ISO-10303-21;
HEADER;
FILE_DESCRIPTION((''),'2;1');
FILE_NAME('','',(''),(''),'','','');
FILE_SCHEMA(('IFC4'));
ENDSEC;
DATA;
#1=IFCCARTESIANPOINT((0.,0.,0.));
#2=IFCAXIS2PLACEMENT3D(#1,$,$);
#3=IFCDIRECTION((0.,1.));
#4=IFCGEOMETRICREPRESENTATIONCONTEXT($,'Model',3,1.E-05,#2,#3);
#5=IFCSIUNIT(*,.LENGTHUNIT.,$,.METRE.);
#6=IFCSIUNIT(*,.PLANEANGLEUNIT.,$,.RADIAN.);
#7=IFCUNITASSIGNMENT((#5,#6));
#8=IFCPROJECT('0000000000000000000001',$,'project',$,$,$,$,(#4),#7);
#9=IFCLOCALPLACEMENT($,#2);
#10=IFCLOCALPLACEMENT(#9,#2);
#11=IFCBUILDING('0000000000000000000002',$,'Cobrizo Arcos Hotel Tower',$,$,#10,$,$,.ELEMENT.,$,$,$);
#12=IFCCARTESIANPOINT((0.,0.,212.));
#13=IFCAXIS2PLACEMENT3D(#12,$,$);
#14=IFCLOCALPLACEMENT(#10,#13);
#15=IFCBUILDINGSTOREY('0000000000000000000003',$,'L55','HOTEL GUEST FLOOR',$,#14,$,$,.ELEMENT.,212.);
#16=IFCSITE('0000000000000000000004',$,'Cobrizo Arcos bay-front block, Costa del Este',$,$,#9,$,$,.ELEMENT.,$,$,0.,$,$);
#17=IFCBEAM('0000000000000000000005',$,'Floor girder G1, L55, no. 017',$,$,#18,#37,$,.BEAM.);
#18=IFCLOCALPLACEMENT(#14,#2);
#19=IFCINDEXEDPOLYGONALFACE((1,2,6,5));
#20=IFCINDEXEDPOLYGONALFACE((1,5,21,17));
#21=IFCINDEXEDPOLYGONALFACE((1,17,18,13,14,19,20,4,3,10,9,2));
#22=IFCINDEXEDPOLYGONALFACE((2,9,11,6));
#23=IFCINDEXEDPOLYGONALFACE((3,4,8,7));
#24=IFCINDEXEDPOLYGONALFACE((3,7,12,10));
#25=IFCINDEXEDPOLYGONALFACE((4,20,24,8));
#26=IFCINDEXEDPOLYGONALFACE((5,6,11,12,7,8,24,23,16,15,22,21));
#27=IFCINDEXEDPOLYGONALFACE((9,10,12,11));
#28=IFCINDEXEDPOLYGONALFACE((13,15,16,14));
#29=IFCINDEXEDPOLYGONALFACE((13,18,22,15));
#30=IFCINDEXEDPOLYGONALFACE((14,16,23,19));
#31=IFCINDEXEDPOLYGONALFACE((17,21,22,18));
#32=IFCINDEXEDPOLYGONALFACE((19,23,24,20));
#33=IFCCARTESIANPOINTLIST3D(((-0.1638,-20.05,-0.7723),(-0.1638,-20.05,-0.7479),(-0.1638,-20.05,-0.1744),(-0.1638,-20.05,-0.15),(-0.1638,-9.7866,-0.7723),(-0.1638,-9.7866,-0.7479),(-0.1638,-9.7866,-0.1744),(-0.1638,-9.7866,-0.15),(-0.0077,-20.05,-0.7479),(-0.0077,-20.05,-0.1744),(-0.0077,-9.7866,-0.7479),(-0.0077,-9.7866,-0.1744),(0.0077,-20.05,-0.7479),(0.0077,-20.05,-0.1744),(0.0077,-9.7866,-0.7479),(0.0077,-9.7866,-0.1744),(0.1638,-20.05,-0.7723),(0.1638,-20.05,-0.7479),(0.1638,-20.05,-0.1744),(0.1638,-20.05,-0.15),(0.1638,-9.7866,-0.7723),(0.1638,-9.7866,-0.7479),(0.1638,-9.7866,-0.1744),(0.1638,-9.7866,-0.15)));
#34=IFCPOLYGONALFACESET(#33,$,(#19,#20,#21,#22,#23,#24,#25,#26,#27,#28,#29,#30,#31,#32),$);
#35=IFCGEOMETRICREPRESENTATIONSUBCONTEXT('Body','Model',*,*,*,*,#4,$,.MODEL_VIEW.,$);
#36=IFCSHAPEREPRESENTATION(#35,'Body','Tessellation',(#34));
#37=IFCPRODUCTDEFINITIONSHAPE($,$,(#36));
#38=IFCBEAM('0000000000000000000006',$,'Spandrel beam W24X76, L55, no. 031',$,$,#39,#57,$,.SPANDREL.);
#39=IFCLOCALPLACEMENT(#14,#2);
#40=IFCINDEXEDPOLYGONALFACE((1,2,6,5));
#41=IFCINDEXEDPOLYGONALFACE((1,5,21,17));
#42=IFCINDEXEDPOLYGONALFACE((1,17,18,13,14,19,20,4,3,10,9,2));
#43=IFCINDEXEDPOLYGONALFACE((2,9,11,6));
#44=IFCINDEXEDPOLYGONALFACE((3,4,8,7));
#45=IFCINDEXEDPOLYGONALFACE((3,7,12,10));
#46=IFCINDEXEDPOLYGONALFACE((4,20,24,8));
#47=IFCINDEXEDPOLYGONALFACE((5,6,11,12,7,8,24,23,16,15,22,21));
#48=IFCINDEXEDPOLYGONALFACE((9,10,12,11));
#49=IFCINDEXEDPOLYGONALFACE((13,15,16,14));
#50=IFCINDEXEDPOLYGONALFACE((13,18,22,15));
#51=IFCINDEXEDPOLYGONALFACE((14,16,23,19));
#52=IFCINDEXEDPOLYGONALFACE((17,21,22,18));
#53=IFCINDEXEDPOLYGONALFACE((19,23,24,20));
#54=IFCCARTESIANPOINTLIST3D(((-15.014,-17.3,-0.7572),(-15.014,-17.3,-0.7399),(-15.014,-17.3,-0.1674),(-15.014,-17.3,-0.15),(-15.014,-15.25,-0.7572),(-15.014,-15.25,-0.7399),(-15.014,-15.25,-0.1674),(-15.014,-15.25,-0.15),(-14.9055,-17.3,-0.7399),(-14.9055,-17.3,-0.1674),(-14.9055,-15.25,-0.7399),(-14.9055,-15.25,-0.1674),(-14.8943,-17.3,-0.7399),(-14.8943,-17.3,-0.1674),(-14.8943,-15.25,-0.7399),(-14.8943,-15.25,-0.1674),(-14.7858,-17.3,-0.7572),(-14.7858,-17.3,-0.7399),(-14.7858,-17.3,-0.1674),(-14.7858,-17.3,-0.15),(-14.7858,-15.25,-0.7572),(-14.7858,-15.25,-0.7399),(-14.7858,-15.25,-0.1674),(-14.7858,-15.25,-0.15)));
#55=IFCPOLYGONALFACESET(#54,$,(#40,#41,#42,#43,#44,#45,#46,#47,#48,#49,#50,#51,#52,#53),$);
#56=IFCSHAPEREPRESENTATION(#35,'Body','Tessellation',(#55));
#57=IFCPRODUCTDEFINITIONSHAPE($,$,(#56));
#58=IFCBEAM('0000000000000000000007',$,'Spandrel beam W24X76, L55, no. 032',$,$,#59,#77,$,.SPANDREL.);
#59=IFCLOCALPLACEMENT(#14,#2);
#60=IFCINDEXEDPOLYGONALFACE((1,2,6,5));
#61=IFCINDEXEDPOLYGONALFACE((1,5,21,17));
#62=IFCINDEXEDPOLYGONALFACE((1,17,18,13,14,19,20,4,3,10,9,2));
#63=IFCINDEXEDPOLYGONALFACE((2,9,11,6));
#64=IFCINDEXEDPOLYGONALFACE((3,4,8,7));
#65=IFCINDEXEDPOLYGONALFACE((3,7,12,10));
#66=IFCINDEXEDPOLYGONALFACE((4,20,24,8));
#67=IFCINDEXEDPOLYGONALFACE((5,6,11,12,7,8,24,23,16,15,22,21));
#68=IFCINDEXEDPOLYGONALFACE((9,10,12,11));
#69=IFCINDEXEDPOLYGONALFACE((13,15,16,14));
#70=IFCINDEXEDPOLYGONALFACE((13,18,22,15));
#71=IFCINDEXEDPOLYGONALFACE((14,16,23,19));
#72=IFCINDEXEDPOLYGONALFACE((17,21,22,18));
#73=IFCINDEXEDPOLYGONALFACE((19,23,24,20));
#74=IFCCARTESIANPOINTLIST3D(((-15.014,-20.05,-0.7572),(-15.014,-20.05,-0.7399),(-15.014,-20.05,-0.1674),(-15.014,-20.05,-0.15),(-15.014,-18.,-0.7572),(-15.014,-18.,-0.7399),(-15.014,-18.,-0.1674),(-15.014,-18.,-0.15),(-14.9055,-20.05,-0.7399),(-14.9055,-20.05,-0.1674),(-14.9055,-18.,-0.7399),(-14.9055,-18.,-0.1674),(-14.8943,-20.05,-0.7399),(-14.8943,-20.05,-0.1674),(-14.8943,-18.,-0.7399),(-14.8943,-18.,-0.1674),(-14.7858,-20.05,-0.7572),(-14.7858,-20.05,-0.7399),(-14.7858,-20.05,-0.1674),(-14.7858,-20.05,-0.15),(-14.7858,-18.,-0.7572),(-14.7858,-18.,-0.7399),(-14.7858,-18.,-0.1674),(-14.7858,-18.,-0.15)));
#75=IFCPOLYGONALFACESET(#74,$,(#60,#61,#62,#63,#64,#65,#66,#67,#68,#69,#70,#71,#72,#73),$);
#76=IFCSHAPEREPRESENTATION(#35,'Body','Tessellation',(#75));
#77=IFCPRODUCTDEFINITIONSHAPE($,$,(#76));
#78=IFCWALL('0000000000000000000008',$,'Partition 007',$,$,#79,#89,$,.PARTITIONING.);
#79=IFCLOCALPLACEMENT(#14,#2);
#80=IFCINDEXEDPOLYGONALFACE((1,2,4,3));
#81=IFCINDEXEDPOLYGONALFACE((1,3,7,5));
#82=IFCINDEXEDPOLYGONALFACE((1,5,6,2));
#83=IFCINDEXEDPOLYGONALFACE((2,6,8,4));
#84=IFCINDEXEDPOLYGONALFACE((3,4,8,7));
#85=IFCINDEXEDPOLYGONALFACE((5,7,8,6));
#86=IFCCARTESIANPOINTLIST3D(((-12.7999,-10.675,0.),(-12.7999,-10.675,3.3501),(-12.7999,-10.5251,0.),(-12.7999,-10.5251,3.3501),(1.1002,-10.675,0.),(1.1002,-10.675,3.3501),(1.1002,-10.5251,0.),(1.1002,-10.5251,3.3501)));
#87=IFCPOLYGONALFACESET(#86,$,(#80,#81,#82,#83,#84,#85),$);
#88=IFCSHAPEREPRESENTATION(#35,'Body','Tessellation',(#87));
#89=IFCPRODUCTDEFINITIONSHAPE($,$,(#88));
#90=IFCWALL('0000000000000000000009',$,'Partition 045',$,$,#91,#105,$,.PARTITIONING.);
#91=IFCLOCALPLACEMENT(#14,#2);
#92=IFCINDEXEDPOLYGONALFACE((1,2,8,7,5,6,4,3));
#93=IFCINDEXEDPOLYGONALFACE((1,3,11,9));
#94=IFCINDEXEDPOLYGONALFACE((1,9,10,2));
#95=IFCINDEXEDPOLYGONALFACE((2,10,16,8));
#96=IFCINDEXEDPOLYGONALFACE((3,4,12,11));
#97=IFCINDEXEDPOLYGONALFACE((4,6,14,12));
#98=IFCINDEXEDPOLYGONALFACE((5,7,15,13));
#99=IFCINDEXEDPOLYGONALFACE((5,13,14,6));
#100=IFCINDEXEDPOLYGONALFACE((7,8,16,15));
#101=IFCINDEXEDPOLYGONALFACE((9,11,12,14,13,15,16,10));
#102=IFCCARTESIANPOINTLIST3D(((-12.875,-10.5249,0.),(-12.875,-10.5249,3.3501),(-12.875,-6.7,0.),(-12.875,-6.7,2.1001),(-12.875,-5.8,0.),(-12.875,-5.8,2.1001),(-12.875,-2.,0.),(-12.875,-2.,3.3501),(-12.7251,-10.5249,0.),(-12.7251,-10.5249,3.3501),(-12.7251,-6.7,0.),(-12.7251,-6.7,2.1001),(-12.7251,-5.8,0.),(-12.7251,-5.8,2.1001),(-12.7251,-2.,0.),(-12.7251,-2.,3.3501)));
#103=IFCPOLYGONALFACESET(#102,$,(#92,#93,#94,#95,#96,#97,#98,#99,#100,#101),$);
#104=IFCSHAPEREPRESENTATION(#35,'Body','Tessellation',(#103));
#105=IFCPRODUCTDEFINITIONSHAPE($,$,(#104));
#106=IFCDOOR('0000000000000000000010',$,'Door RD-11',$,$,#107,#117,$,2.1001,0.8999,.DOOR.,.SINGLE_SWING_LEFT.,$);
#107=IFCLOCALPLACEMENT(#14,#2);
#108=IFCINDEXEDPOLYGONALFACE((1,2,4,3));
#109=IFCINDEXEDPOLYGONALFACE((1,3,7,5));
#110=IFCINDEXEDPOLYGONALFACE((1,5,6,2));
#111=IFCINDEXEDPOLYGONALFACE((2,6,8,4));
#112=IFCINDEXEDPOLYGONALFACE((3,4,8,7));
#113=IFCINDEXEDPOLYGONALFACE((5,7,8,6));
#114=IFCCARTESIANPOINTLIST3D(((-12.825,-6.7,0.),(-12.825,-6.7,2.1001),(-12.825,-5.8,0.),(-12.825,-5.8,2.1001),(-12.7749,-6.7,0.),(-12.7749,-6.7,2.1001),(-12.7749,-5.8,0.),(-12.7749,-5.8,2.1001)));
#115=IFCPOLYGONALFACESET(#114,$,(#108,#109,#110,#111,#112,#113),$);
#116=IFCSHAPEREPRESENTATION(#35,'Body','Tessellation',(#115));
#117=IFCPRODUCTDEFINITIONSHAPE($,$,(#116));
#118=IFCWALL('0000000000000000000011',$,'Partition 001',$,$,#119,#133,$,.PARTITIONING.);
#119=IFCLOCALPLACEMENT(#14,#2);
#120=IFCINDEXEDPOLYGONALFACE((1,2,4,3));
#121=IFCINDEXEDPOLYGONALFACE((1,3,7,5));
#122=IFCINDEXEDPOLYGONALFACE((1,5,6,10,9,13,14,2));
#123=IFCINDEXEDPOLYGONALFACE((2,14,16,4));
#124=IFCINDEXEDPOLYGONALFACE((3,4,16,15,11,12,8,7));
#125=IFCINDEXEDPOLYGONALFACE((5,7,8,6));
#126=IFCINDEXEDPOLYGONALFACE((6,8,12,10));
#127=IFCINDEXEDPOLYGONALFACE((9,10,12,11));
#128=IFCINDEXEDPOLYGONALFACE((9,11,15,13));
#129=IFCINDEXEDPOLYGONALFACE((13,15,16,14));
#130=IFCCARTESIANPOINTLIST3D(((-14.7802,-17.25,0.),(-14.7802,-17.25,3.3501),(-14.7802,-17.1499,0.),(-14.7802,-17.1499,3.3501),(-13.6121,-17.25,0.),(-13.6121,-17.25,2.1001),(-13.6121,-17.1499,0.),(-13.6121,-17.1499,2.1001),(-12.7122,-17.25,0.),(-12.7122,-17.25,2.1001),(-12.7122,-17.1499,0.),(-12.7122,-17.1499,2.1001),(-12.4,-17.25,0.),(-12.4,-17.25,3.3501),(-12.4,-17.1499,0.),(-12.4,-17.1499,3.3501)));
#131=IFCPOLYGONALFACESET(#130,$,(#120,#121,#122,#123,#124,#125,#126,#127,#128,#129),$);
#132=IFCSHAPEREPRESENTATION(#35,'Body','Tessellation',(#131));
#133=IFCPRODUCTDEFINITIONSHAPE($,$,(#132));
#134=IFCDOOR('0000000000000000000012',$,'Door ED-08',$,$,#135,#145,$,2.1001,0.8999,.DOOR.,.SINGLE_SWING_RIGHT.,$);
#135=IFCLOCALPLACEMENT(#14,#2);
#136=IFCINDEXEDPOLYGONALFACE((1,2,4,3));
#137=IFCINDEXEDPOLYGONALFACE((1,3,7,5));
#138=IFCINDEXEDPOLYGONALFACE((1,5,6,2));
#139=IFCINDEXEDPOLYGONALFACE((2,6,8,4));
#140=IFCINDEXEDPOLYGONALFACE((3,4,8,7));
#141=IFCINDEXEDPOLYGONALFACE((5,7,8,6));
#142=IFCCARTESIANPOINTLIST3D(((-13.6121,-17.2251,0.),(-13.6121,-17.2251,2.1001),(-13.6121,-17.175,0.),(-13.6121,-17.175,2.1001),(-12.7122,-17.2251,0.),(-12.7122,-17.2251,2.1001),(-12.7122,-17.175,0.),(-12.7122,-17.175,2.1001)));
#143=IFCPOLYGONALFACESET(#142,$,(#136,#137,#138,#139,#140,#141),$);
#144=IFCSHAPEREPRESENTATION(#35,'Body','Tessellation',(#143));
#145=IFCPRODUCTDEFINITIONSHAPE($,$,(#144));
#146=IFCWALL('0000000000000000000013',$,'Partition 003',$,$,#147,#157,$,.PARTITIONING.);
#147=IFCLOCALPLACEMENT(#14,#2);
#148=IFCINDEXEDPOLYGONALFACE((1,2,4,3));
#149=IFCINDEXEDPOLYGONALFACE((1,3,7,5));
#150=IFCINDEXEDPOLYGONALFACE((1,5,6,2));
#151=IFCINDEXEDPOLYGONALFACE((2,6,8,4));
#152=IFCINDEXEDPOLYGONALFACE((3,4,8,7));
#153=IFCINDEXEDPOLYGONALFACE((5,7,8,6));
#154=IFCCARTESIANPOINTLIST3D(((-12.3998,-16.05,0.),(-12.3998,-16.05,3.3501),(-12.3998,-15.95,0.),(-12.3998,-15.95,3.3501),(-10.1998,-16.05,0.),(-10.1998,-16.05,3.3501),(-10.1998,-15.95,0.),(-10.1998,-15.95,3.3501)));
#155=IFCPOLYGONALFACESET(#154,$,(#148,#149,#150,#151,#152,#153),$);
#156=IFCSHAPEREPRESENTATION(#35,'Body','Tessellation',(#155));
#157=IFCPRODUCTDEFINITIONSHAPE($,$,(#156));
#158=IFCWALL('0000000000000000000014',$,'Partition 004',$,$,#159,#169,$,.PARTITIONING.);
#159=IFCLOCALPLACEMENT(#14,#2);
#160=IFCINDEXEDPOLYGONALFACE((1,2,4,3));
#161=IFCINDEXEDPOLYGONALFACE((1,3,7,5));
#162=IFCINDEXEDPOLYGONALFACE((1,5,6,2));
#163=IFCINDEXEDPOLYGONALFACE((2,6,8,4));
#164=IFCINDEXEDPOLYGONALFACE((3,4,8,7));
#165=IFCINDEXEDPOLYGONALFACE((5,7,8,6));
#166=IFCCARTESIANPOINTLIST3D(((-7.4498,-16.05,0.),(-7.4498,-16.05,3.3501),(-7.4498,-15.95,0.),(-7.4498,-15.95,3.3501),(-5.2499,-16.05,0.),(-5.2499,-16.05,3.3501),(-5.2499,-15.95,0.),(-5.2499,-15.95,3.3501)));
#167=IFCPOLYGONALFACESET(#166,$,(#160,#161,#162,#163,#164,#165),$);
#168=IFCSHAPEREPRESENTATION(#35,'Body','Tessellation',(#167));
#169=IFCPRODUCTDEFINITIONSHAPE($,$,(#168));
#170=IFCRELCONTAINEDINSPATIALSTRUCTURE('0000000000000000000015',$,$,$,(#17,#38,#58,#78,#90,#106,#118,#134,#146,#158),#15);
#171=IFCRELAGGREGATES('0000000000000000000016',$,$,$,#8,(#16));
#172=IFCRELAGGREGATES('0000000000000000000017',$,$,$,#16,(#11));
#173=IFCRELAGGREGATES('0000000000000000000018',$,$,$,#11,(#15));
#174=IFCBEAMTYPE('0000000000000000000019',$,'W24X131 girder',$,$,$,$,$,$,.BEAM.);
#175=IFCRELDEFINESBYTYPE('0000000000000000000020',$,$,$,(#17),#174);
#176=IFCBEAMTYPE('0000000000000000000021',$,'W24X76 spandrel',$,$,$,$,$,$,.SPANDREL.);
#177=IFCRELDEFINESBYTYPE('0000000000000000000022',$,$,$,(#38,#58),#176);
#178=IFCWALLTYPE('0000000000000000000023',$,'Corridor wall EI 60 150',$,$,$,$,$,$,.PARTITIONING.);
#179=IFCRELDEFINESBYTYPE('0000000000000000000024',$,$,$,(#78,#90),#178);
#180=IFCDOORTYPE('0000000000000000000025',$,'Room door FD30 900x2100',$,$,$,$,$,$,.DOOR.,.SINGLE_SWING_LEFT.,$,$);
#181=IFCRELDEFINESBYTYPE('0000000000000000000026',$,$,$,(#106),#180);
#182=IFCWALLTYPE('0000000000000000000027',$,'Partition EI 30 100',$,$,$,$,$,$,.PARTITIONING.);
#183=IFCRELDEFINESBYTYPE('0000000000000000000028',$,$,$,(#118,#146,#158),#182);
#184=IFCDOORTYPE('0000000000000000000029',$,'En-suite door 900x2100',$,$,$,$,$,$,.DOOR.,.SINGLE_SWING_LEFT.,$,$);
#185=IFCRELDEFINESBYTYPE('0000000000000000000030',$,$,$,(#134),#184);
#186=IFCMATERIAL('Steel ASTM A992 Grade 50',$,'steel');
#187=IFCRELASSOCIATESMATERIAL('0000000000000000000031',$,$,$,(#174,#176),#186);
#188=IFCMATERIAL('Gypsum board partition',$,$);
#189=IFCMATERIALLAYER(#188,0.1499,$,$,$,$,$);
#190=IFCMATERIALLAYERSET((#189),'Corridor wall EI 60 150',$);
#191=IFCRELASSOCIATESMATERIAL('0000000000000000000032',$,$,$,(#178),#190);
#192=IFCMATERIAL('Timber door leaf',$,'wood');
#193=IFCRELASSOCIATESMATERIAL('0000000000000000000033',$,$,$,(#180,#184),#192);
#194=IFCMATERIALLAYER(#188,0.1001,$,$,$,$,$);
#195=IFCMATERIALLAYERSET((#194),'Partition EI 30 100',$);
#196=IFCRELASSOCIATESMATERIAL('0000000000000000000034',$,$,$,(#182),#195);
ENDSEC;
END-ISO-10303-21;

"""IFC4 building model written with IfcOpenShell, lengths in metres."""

from ifc_helpers import new_model, si_unit, direction, frame, frame_2d, origin, origin_2d, place, context, subcontext, project, spatial, rectangle, i_section, extrude, material, layer, layer_set, material_profile, profile_set, type_object, element, fill, save


model = new_model("IFC4")

# Units and contexts
model_context = context("Model", 3, precision=1e-05, world=origin(), true_north=direction((0.0, 1.0)))
body_context = subcontext(model_context, "Body", "Model", "MODEL_VIEW")
ifc_project = project(units=[si_unit("LENGTHUNIT", "METRE"), si_unit("PLANEANGLEUNIT", "RADIAN")], contexts=[model_context])

# Site, building, storey
site_placement = place(None, origin())
site = spatial("IfcSite", under=ifc_project, at=site_placement, Name="Cobrizo Arcos bay-front block, Costa del Este", CompositionType="ELEMENT", RefElevation=0.0)
building_placement = place(site_placement, origin())
building = spatial("IfcBuilding", under=site, at=building_placement, Name="Cobrizo Arcos Hotel Tower", CompositionType="ELEMENT")
storey_placement = place(building_placement, frame((0.0, 0.0, 212.0)))
storey = spatial("IfcBuildingStorey", under=building, at=storey_placement, Name="L55", Description="HOTEL GUEST FLOOR", CompositionType="ELEMENT", Elevation=212.0)

# Shared definitions
ifc_material_1 = material(Name="Steel ASTM A992 Grade 50", Category="steel")

# Beams
ifc_material_profile_1 = material_profile(ifc_material_1, i_section(OverallWidth=0.3276, OverallDepth=0.6223, WebThickness=0.0154, FlangeThickness=0.0244, at=origin_2d()), Name="W24X131")
ifc_profile_set_1 = profile_set([ifc_material_profile_1], Name="Steel ASTM A992 Grade 50")
beam_type_1 = type_object("IfcBeamType", Name="W24X131 girder", PredefinedType="BEAM", material=ifc_profile_set_1)
beam_1_placement = place(storey_placement, frame((0.0, -20.05, -0.4612), z_axis=(0.0, 1.0, 0.0), x_axis=(-1.0, 0.0, 0.0)))
element("IfcBeam", 1, at=beam_1_placement, inside=storey, type_object=beam_type_1, Name="Floor girder G1, L55, no. 017", PredefinedType="BEAM", context=body_context, shape_type="SweptSolid", body=[
    extrude(i_section(OverallWidth=0.3276, OverallDepth=0.6223, WebThickness=0.0154, FlangeThickness=0.0244, at=origin_2d()), origin(), (0.0, 0.0, 1.0), 10.2634),
])
ifc_material_profile_2 = material_profile(ifc_material_1, i_section(OverallWidth=0.2283, OverallDepth=0.6072, WebThickness=0.0112, FlangeThickness=0.0173, at=origin_2d()), Name="W24X76")
ifc_profile_set_2 = profile_set([ifc_material_profile_2], Name="Steel ASTM A992 Grade 50")
beam_type_2 = type_object("IfcBeamType", Name="W24X76 spandrel", PredefinedType="SPANDREL", material=ifc_profile_set_2)
for number, where, z_axis, x_axis, name in (
    (2, (-14.8999, -15.25, -0.4536), (0.0, -1.0, 0.0), (1.0, 0.0, 0.0), "Spandrel beam W24X76, L55, no. 031"),
    (3, (-14.8999, -18.0, -0.4536), (0.0, -1.0, 0.0), (1.0, 0.0, 0.0), "Spandrel beam W24X76, L55, no. 032"),
):
    element("IfcBeam", number, at=place(storey_placement, frame(where, z_axis=z_axis, x_axis=x_axis)), inside=storey, type_object=beam_type_2, Name=name, PredefinedType="SPANDREL", context=body_context, shape_type="SweptSolid", body=[
        extrude(i_section(OverallWidth=0.2283, OverallDepth=0.6072, WebThickness=0.0112, FlangeThickness=0.0173, at=origin_2d()), origin(), (0.0, 0.0, 1.0), 2.05),
    ])

# Wall
ifc_material_2 = material(Name="Gypsum board partition")
ifc_layer_1 = layer(ifc_material_2, 0.1499)
ifc_layer_set_1 = layer_set([ifc_layer_1], Name="Corridor wall EI 60 150")
wall_type_1 = type_object("IfcWallType", Name="Corridor wall EI 60 150", PredefinedType="PARTITIONING", material=ifc_layer_set_1)
wall_1_placement = place(storey_placement, frame((-12.8, -10.6001, 0.0), z_axis=(0.0, 0.0, 1.0), x_axis=(1.0, 0.0, 0.0)))
element("IfcWall", 4, at=wall_1_placement, inside=storey, type_object=wall_type_1, Name="Partition 007", PredefinedType="PARTITIONING", context=body_context, shape_type="SweptSolid", body=[
    extrude(rectangle(XDim=13.9001, YDim=0.1499, at=frame_2d((6.9502, 0.0))), origin(), (0.0, 0.0, 1.0), 3.3501),
])

# Walls, openings, doors
wall_2_placement = place(storey_placement, frame((-12.8, -10.5249, 0.0), z_axis=(0.0, 0.0, 1.0), x_axis=(0.0, 1.0, 0.0)))
wall_2 = element("IfcWall", 5, at=wall_2_placement, inside=storey, type_object=wall_type_1, Name="Partition 045", PredefinedType="PARTITIONING", context=body_context, shape_type="SweptSolid", body=[
    extrude(rectangle(XDim=8.5249, YDim=0.1499, at=frame_2d((4.2625, 0.0))), origin(), (0.0, 0.0, 1.0), 3.3501),
])
opening_1_placement = place(wall_2_placement, frame((3.825, 0.0, 0.0)))
opening_1 = element("IfcOpeningElement", 6, at=opening_1_placement, cuts=wall_2, PredefinedType="OPENING", context=body_context, shape_type="SweptSolid", body=[
    extrude(rectangle(XDim=0.8999, YDim=2.1001, at=frame_2d((0.45, 1.05))), frame((0.0, 0.0869, 0.0), z_axis=(0.0, -1.0, 0.0), x_axis=(1.0, 0.0, 0.0)), (0.0, 0.0, 1.0), 0.1738),
])
ifc_material_3 = material(Name="Timber door leaf", Category="wood")
door_type_1 = type_object("IfcDoorType", Name="Room door FD30 900x2100", OperationType="SINGLE_SWING_LEFT", PredefinedType="DOOR", material=ifc_material_3)
door_1_placement = place(opening_1_placement, origin())
door_1 = element("IfcDoor", 7, at=door_1_placement, inside=storey, type_object=door_type_1, Name="Door RD-11", OperationType="SINGLE_SWING_LEFT", OverallHeight=2.1001, OverallWidth=0.8999, PredefinedType="DOOR", context=body_context, shape_type="SweptSolid", body=[
    extrude(rectangle(XDim=0.8999, YDim=2.1001, at=frame_2d((0.45, 1.05))), frame((0.0, 0.0249, 0.0), z_axis=(0.0, -1.0, 0.0), x_axis=(1.0, 0.0, 0.0)), (0.0, 0.0, 1.0), 0.05),
])
fill(opening_1, door_1)
ifc_layer_2 = layer(ifc_material_2, 0.1001)
ifc_layer_set_2 = layer_set([ifc_layer_2], Name="Partition EI 30 100")
wall_type_2 = type_object("IfcWallType", Name="Partition EI 30 100", PredefinedType="PARTITIONING", material=ifc_layer_set_2)
wall_3_placement = place(storey_placement, frame((-14.78, -17.2, 0.0), z_axis=(0.0, 0.0, 1.0), x_axis=(1.0, 0.0, 0.0)))
wall_3 = element("IfcWall", 8, at=wall_3_placement, inside=storey, type_object=wall_type_2, Name="Partition 001", PredefinedType="PARTITIONING", context=body_context, shape_type="SweptSolid", body=[
    extrude(rectangle(XDim=2.3801, YDim=0.1001, at=frame_2d((1.1899, 0.0))), origin(), (0.0, 0.0, 1.0), 3.3501),
])
opening_2_placement = place(wall_3_placement, frame((1.168, 0.0, 0.0)))
opening_2 = element("IfcOpeningElement", 9, at=opening_2_placement, cuts=wall_3, PredefinedType="OPENING", context=body_context, shape_type="SweptSolid", body=[
    extrude(rectangle(XDim=0.8999, YDim=2.1001, at=frame_2d((0.45, 1.05))), frame((0.0, 0.062, 0.0), z_axis=(0.0, -1.0, 0.0), x_axis=(1.0, 0.0, 0.0)), (0.0, 0.0, 1.0), 0.124),
])
door_type_2 = type_object("IfcDoorType", Name="En-suite door 900x2100", OperationType="SINGLE_SWING_LEFT", PredefinedType="DOOR", material=ifc_material_3)
door_2_placement = place(opening_2_placement, origin())
door_2 = element("IfcDoor", 10, at=door_2_placement, inside=storey, type_object=door_type_2, Name="Door ED-08", OperationType="SINGLE_SWING_RIGHT", OverallHeight=2.1001, OverallWidth=0.8999, PredefinedType="DOOR", context=body_context, shape_type="SweptSolid", body=[
    extrude(rectangle(XDim=0.8999, YDim=2.1001, at=frame_2d((0.45, 1.05))), frame((0.0, 0.0249, 0.0), z_axis=(0.0, -1.0, 0.0), x_axis=(1.0, 0.0, 0.0)), (0.0, 0.0, 1.0), 0.05),
])
fill(opening_2, door_2)

# Walls
for number, where, z_axis, x_axis, name in (
    (11, (-12.3999, -16.0, 0.0), (0.0, 0.0, 1.0), (1.0, 0.0, 0.0), "Partition 003"),
    (12, (-7.45, -16.0, 0.0), (0.0, 0.0, 1.0), (1.0, 0.0, 0.0), "Partition 004"),
):
    element("IfcWall", number, at=place(storey_placement, frame(where, z_axis=z_axis, x_axis=x_axis)), inside=storey, type_object=wall_type_2, Name=name, PredefinedType="PARTITIONING", context=body_context, shape_type="SweptSolid", body=[
        extrude(rectangle(XDim=2.2, YDim=0.1001, at=frame_2d((1.1001, 0.0))), origin(), (0.0, 0.0, 1.0), 3.3501),
    ])

save(model, "model.ifc")
